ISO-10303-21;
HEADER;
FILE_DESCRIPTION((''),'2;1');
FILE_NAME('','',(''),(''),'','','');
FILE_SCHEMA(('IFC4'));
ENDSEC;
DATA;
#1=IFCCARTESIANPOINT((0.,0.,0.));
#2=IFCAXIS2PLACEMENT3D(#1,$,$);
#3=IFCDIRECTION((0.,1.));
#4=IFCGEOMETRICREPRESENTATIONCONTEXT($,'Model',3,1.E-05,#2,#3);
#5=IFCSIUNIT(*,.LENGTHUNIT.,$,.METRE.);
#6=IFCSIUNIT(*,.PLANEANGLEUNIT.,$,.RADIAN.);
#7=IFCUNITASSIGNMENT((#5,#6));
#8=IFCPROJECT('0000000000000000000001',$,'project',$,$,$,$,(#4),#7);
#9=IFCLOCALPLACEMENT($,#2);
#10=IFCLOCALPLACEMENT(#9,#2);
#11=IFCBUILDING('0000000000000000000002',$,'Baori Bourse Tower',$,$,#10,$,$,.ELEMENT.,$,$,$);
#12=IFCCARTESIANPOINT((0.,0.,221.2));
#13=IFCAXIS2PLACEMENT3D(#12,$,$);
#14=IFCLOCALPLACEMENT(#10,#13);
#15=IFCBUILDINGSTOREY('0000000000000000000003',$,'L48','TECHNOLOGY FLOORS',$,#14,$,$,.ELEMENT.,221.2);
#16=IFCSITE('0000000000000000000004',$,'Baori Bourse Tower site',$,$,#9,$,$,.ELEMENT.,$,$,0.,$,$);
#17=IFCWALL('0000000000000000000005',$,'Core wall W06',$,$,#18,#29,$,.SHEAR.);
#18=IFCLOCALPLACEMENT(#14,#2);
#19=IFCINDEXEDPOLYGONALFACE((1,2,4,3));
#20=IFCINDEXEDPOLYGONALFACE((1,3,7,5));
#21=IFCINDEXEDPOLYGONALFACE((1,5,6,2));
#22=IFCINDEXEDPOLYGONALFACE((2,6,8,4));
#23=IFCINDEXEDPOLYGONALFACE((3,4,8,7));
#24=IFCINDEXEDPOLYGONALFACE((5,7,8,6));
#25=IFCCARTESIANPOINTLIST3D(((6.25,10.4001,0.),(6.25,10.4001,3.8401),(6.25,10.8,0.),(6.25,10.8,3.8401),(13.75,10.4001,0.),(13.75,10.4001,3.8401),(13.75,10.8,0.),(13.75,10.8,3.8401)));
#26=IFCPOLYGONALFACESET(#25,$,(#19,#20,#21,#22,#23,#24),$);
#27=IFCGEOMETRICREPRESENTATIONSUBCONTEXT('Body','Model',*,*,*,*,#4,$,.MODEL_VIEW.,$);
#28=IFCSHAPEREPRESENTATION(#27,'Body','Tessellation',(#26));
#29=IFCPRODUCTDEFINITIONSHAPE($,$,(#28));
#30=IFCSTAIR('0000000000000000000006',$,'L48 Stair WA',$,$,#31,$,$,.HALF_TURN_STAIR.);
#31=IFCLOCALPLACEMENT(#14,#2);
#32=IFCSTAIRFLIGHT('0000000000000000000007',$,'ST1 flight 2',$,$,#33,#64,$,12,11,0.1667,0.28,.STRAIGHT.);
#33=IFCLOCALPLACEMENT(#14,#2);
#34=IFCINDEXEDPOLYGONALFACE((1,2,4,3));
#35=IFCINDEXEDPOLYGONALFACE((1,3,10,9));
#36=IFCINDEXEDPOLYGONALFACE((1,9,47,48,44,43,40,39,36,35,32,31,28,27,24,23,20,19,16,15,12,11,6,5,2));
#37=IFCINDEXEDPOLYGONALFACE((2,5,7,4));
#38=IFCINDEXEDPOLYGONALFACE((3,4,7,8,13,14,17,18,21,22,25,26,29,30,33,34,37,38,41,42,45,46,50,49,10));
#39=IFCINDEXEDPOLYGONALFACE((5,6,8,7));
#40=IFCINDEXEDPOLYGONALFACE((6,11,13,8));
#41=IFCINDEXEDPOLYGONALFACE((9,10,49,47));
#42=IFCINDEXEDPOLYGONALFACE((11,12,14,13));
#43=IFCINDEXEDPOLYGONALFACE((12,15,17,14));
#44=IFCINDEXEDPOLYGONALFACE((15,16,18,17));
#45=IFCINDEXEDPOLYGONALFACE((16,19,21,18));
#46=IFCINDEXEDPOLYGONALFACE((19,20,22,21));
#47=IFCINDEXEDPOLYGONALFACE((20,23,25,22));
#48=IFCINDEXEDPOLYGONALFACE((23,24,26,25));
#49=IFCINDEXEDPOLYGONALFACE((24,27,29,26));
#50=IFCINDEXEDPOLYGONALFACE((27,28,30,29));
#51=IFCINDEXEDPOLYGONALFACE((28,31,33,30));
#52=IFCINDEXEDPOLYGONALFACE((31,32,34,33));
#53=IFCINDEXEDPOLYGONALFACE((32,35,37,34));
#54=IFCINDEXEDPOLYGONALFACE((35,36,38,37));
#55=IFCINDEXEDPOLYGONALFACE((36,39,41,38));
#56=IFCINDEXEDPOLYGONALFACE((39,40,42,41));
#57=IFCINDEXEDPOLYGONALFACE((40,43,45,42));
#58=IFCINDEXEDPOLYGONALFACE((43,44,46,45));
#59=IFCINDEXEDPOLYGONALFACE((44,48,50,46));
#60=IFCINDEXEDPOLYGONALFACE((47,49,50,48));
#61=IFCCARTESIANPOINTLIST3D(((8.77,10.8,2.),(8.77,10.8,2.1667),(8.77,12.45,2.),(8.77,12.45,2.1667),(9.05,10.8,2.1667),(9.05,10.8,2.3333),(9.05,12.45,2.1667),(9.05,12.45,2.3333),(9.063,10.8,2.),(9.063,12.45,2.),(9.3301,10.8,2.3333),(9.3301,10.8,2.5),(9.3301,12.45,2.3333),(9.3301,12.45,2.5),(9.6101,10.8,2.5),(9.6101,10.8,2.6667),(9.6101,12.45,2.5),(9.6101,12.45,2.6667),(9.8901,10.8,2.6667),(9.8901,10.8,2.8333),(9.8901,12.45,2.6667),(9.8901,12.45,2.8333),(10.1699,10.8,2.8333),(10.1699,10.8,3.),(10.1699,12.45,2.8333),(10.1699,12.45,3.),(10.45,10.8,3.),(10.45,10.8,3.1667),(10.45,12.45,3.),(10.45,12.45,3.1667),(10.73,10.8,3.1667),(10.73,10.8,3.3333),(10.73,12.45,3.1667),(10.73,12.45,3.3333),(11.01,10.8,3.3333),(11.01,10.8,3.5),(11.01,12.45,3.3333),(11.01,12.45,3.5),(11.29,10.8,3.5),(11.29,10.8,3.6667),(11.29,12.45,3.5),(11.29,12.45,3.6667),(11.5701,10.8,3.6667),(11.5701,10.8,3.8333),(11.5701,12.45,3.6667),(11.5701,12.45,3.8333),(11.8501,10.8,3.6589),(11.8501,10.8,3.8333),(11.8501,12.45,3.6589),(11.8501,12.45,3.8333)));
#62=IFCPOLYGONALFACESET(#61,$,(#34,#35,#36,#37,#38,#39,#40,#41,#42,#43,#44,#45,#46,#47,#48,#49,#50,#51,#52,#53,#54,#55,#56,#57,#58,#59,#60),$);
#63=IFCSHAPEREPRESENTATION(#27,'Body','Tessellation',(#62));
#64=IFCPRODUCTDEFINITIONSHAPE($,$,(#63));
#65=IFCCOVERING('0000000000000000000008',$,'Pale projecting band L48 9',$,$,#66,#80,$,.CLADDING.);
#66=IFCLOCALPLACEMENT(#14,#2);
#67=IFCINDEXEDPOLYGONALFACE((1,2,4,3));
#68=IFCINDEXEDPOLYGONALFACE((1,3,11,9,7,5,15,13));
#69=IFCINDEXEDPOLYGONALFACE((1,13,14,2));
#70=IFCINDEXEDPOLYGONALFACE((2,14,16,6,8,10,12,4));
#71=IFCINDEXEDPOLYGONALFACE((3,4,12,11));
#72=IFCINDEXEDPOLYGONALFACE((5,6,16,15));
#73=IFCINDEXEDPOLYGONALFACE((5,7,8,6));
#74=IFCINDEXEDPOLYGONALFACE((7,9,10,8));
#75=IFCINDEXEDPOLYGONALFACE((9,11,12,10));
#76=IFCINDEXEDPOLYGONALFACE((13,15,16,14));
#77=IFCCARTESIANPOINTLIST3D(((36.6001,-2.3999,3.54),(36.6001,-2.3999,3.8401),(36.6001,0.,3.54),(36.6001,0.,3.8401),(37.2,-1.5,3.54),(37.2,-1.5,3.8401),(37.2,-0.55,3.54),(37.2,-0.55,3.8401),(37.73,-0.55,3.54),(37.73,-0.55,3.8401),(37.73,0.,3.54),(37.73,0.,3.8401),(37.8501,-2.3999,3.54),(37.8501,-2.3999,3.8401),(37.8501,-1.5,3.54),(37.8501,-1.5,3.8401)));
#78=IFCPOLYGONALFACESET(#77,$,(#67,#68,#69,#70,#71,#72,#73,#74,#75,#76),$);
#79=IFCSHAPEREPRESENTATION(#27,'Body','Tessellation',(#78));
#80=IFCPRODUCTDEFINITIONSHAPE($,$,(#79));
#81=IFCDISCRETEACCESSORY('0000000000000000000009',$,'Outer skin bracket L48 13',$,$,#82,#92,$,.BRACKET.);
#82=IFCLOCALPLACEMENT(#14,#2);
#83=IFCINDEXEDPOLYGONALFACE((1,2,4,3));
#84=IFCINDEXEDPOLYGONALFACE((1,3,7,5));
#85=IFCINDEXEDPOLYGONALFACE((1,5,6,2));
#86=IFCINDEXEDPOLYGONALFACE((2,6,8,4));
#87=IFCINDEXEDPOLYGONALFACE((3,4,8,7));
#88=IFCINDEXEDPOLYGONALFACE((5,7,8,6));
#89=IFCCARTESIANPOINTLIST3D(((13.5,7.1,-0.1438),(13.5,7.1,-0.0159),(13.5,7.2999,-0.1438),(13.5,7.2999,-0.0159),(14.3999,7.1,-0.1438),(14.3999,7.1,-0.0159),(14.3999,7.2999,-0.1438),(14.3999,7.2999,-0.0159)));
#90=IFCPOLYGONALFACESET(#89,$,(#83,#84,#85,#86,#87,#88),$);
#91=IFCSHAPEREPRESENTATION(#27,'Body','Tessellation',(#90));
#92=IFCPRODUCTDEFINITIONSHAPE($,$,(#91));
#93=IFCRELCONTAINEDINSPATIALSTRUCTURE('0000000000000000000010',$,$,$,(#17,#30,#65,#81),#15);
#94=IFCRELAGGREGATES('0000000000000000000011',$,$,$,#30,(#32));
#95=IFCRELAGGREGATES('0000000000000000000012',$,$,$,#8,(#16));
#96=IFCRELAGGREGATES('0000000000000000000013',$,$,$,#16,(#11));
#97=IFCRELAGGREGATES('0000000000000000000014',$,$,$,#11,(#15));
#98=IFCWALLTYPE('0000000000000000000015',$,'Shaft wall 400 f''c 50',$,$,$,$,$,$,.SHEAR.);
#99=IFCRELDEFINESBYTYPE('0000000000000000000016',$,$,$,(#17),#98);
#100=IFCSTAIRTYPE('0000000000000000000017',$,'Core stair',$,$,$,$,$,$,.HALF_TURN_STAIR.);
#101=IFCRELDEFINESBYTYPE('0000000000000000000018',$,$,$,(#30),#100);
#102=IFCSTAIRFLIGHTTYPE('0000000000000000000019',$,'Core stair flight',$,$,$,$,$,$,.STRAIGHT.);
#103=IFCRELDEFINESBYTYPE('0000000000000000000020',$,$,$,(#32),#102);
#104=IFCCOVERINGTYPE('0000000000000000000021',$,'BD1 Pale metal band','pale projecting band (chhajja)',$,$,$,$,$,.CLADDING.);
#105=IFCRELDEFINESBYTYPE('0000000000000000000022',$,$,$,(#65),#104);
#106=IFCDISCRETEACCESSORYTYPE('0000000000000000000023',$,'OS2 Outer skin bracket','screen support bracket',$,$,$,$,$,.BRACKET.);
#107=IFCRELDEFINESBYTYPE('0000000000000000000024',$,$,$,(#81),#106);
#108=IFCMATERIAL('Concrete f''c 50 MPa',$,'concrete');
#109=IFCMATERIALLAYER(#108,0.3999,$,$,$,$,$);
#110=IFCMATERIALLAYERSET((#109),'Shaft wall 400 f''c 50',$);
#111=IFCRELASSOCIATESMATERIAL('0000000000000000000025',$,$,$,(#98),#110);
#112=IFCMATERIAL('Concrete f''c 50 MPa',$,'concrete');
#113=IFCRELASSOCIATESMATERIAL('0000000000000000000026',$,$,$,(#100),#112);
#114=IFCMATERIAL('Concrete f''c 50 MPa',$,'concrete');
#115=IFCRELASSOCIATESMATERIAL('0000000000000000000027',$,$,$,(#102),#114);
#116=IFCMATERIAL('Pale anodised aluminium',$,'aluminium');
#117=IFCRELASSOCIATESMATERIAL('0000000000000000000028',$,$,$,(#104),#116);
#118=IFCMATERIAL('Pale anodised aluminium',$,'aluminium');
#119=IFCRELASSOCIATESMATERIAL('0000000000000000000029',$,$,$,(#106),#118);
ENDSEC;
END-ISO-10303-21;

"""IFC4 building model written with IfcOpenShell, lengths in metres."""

from ifc_helpers import new_model, si_unit, direction, frame, frame_2d, origin, origin_2d, place, context, subcontext, project, spatial, polyline, rectangle, outline, extrude, material, layer, layer_set, type_object, element, aggregate, save


model = new_model("IFC4")

# Units and contexts
model_context = context("Model", 3, precision=1e-05, world=origin(), true_north=direction((0.0, 1.0)))
body_context = subcontext(model_context, "Body", "Model", "MODEL_VIEW")
ifc_project = project(units=[si_unit("LENGTHUNIT", "METRE"), si_unit("PLANEANGLEUNIT", "RADIAN")], contexts=[model_context])

# Site, building, storey
site_placement = place(None, origin())
site = spatial("IfcSite", under=ifc_project, at=site_placement, Name="Baori Bourse Tower site", CompositionType="ELEMENT", RefElevation=0.0)
building_placement = place(site_placement, origin())
building = spatial("IfcBuilding", under=site, at=building_placement, Name="Baori Bourse Tower", CompositionType="ELEMENT")
storey_placement = place(building_placement, frame((0.0, 0.0, 221.2)))
storey = spatial("IfcBuildingStorey", under=building, at=storey_placement, Name="L48", Description="TECHNOLOGY FLOORS", CompositionType="ELEMENT", Elevation=221.2)

# Wall
ifc_material_1 = material(Name="Concrete f'c 50 MPa", Category="concrete")
ifc_layer_1 = layer(ifc_material_1, 0.3999)
ifc_layer_set_1 = layer_set([ifc_layer_1], Name="Shaft wall 400 f'c 50")
wall_type_1 = type_object("IfcWallType", Name="Shaft wall 400 f'c 50", PredefinedType="SHEAR", material=ifc_layer_set_1)
wall_1_placement = place(storey_placement, frame((6.25, 10.6001, 0.0), z_axis=(0.0, 0.0, 1.0), x_axis=(1.0, 0.0, 0.0)))
element("IfcWall", 1, at=wall_1_placement, inside=storey, type_object=wall_type_1, Name="Core wall W06", PredefinedType="SHEAR", context=body_context, shape_type="SweptSolid", body=[
    extrude(rectangle(XDim=7.5, YDim=0.3999, at=frame_2d((3.75, 0.0))), origin(), (0.0, 0.0, 1.0), 3.8401),
])

# Stair, stair flight
ifc_material_2 = material(Name="Concrete f'c 50 MPa", Category="concrete")
stair_type = type_object("IfcStairType", Name="Core stair", PredefinedType="HALF_TURN_STAIR", material=ifc_material_2)
stair_placement = place(storey_placement, origin())
stair = element("IfcStair", 2, at=stair_placement, inside=storey, type_object=stair_type, Name="L48 Stair WA", PredefinedType="HALF_TURN_STAIR")
ifc_material_3 = material(Name="Concrete f'c 50 MPa", Category="concrete")
stair_flight_type = type_object("IfcStairFlightType", Name="Core stair flight", PredefinedType="STRAIGHT", material=ifc_material_3)
stair_flight_placement = place(storey_placement, frame((8.77, 11.625, 2.0), z_axis=(0.0, 0.0, 1.0), x_axis=(1.0, 0.0, 0.0)))
stair_flight = element("IfcStairFlight", 3, at=stair_flight_placement, type_object=stair_flight_type, Name="ST1 flight 2", NumberOfRisers=12, NumberOfTreads=11, PredefinedType="STRAIGHT", RiserHeight=0.1667, TreadLength=0.28, context=body_context, shape_type="SweptSolid", body=[
    extrude(outline(polyline([(0.0, 0.0), (0.0, 0.1667), (0.28, 0.1667), (0.28, 0.3333), (0.5601, 0.3333), (0.5601, 0.5), (0.8401, 0.5), (0.8401, 0.6667), (1.1201, 0.6667), (1.1201, 0.8333), (1.3999, 0.8333), (1.3999, 1.0), (1.6799, 1.0), (1.6799, 1.1667), (1.96, 1.1667), (1.96, 1.3333), (2.24, 1.3333), (2.24, 1.5), (2.52, 1.5), (2.52, 1.6667), (2.8, 1.6667), (2.8, 1.8333), (3.0801, 1.8333), (3.0801, 2.0), (3.0801, 1.6589), (0.293, 0.0), (0.0, 0.0)])), frame((0.0, 0.825, 0.0), z_axis=(0.0, -1.0, 0.0), x_axis=(1.0, 0.0, 0.0)), (0.0, 0.0, 1.0), 1.6499),
])
aggregate(stair, [stair_flight])

# Covering
ifc_material_4 = material(Name="Pale anodised aluminium", Category="aluminium")
covering_type = type_object("IfcCoveringType", Name="BD1 Pale metal band", Description="pale projecting band (chhajja)", PredefinedType="CLADDING", material=ifc_material_4)
covering_placement = place(storey_placement, frame((0.0, 0.0, 3.54)))
element("IfcCovering", 4, at=covering_placement, inside=storey, type_object=covering_type, Name="Pale projecting band L48 9", PredefinedType="CLADDING", context=body_context, shape_type="SweptSolid", body=[
    extrude(outline(polyline([(37.73, 0.0), (36.6001, 0.0), (36.6001, -2.3999), (37.8501, -2.3999), (37.8501, -1.5), (37.2, -1.5), (37.2, -0.55), (37.73, -0.55), (37.73, 0.0)])), origin(), (0.0, 0.0, 1.0), 0.3),
])

# Discrete accessory
ifc_material_5 = material(Name="Pale anodised aluminium", Category="aluminium")
discrete_accessory_type = type_object("IfcDiscreteAccessoryType", Name="OS2 Outer skin bracket", Description="screen support bracket", PredefinedType="BRACKET", material=ifc_material_5)
discrete_accessory_placement = place(storey_placement, frame((13.95, 7.2, -0.1438), z_axis=(0.0, 0.0, 1.0), x_axis=(0.0, -1.0, 0.0)))
element("IfcDiscreteAccessory", 5, at=discrete_accessory_placement, inside=storey, type_object=discrete_accessory_type, Name="Outer skin bracket L48 13", PredefinedType="BRACKET", context=body_context, shape_type="SweptSolid", body=[
    extrude(rectangle(XDim=0.2, YDim=0.8999, at=origin_2d()), origin(), (0.0, 0.0, 1.0), 0.1279),
])

save(model, "model.ifc")
